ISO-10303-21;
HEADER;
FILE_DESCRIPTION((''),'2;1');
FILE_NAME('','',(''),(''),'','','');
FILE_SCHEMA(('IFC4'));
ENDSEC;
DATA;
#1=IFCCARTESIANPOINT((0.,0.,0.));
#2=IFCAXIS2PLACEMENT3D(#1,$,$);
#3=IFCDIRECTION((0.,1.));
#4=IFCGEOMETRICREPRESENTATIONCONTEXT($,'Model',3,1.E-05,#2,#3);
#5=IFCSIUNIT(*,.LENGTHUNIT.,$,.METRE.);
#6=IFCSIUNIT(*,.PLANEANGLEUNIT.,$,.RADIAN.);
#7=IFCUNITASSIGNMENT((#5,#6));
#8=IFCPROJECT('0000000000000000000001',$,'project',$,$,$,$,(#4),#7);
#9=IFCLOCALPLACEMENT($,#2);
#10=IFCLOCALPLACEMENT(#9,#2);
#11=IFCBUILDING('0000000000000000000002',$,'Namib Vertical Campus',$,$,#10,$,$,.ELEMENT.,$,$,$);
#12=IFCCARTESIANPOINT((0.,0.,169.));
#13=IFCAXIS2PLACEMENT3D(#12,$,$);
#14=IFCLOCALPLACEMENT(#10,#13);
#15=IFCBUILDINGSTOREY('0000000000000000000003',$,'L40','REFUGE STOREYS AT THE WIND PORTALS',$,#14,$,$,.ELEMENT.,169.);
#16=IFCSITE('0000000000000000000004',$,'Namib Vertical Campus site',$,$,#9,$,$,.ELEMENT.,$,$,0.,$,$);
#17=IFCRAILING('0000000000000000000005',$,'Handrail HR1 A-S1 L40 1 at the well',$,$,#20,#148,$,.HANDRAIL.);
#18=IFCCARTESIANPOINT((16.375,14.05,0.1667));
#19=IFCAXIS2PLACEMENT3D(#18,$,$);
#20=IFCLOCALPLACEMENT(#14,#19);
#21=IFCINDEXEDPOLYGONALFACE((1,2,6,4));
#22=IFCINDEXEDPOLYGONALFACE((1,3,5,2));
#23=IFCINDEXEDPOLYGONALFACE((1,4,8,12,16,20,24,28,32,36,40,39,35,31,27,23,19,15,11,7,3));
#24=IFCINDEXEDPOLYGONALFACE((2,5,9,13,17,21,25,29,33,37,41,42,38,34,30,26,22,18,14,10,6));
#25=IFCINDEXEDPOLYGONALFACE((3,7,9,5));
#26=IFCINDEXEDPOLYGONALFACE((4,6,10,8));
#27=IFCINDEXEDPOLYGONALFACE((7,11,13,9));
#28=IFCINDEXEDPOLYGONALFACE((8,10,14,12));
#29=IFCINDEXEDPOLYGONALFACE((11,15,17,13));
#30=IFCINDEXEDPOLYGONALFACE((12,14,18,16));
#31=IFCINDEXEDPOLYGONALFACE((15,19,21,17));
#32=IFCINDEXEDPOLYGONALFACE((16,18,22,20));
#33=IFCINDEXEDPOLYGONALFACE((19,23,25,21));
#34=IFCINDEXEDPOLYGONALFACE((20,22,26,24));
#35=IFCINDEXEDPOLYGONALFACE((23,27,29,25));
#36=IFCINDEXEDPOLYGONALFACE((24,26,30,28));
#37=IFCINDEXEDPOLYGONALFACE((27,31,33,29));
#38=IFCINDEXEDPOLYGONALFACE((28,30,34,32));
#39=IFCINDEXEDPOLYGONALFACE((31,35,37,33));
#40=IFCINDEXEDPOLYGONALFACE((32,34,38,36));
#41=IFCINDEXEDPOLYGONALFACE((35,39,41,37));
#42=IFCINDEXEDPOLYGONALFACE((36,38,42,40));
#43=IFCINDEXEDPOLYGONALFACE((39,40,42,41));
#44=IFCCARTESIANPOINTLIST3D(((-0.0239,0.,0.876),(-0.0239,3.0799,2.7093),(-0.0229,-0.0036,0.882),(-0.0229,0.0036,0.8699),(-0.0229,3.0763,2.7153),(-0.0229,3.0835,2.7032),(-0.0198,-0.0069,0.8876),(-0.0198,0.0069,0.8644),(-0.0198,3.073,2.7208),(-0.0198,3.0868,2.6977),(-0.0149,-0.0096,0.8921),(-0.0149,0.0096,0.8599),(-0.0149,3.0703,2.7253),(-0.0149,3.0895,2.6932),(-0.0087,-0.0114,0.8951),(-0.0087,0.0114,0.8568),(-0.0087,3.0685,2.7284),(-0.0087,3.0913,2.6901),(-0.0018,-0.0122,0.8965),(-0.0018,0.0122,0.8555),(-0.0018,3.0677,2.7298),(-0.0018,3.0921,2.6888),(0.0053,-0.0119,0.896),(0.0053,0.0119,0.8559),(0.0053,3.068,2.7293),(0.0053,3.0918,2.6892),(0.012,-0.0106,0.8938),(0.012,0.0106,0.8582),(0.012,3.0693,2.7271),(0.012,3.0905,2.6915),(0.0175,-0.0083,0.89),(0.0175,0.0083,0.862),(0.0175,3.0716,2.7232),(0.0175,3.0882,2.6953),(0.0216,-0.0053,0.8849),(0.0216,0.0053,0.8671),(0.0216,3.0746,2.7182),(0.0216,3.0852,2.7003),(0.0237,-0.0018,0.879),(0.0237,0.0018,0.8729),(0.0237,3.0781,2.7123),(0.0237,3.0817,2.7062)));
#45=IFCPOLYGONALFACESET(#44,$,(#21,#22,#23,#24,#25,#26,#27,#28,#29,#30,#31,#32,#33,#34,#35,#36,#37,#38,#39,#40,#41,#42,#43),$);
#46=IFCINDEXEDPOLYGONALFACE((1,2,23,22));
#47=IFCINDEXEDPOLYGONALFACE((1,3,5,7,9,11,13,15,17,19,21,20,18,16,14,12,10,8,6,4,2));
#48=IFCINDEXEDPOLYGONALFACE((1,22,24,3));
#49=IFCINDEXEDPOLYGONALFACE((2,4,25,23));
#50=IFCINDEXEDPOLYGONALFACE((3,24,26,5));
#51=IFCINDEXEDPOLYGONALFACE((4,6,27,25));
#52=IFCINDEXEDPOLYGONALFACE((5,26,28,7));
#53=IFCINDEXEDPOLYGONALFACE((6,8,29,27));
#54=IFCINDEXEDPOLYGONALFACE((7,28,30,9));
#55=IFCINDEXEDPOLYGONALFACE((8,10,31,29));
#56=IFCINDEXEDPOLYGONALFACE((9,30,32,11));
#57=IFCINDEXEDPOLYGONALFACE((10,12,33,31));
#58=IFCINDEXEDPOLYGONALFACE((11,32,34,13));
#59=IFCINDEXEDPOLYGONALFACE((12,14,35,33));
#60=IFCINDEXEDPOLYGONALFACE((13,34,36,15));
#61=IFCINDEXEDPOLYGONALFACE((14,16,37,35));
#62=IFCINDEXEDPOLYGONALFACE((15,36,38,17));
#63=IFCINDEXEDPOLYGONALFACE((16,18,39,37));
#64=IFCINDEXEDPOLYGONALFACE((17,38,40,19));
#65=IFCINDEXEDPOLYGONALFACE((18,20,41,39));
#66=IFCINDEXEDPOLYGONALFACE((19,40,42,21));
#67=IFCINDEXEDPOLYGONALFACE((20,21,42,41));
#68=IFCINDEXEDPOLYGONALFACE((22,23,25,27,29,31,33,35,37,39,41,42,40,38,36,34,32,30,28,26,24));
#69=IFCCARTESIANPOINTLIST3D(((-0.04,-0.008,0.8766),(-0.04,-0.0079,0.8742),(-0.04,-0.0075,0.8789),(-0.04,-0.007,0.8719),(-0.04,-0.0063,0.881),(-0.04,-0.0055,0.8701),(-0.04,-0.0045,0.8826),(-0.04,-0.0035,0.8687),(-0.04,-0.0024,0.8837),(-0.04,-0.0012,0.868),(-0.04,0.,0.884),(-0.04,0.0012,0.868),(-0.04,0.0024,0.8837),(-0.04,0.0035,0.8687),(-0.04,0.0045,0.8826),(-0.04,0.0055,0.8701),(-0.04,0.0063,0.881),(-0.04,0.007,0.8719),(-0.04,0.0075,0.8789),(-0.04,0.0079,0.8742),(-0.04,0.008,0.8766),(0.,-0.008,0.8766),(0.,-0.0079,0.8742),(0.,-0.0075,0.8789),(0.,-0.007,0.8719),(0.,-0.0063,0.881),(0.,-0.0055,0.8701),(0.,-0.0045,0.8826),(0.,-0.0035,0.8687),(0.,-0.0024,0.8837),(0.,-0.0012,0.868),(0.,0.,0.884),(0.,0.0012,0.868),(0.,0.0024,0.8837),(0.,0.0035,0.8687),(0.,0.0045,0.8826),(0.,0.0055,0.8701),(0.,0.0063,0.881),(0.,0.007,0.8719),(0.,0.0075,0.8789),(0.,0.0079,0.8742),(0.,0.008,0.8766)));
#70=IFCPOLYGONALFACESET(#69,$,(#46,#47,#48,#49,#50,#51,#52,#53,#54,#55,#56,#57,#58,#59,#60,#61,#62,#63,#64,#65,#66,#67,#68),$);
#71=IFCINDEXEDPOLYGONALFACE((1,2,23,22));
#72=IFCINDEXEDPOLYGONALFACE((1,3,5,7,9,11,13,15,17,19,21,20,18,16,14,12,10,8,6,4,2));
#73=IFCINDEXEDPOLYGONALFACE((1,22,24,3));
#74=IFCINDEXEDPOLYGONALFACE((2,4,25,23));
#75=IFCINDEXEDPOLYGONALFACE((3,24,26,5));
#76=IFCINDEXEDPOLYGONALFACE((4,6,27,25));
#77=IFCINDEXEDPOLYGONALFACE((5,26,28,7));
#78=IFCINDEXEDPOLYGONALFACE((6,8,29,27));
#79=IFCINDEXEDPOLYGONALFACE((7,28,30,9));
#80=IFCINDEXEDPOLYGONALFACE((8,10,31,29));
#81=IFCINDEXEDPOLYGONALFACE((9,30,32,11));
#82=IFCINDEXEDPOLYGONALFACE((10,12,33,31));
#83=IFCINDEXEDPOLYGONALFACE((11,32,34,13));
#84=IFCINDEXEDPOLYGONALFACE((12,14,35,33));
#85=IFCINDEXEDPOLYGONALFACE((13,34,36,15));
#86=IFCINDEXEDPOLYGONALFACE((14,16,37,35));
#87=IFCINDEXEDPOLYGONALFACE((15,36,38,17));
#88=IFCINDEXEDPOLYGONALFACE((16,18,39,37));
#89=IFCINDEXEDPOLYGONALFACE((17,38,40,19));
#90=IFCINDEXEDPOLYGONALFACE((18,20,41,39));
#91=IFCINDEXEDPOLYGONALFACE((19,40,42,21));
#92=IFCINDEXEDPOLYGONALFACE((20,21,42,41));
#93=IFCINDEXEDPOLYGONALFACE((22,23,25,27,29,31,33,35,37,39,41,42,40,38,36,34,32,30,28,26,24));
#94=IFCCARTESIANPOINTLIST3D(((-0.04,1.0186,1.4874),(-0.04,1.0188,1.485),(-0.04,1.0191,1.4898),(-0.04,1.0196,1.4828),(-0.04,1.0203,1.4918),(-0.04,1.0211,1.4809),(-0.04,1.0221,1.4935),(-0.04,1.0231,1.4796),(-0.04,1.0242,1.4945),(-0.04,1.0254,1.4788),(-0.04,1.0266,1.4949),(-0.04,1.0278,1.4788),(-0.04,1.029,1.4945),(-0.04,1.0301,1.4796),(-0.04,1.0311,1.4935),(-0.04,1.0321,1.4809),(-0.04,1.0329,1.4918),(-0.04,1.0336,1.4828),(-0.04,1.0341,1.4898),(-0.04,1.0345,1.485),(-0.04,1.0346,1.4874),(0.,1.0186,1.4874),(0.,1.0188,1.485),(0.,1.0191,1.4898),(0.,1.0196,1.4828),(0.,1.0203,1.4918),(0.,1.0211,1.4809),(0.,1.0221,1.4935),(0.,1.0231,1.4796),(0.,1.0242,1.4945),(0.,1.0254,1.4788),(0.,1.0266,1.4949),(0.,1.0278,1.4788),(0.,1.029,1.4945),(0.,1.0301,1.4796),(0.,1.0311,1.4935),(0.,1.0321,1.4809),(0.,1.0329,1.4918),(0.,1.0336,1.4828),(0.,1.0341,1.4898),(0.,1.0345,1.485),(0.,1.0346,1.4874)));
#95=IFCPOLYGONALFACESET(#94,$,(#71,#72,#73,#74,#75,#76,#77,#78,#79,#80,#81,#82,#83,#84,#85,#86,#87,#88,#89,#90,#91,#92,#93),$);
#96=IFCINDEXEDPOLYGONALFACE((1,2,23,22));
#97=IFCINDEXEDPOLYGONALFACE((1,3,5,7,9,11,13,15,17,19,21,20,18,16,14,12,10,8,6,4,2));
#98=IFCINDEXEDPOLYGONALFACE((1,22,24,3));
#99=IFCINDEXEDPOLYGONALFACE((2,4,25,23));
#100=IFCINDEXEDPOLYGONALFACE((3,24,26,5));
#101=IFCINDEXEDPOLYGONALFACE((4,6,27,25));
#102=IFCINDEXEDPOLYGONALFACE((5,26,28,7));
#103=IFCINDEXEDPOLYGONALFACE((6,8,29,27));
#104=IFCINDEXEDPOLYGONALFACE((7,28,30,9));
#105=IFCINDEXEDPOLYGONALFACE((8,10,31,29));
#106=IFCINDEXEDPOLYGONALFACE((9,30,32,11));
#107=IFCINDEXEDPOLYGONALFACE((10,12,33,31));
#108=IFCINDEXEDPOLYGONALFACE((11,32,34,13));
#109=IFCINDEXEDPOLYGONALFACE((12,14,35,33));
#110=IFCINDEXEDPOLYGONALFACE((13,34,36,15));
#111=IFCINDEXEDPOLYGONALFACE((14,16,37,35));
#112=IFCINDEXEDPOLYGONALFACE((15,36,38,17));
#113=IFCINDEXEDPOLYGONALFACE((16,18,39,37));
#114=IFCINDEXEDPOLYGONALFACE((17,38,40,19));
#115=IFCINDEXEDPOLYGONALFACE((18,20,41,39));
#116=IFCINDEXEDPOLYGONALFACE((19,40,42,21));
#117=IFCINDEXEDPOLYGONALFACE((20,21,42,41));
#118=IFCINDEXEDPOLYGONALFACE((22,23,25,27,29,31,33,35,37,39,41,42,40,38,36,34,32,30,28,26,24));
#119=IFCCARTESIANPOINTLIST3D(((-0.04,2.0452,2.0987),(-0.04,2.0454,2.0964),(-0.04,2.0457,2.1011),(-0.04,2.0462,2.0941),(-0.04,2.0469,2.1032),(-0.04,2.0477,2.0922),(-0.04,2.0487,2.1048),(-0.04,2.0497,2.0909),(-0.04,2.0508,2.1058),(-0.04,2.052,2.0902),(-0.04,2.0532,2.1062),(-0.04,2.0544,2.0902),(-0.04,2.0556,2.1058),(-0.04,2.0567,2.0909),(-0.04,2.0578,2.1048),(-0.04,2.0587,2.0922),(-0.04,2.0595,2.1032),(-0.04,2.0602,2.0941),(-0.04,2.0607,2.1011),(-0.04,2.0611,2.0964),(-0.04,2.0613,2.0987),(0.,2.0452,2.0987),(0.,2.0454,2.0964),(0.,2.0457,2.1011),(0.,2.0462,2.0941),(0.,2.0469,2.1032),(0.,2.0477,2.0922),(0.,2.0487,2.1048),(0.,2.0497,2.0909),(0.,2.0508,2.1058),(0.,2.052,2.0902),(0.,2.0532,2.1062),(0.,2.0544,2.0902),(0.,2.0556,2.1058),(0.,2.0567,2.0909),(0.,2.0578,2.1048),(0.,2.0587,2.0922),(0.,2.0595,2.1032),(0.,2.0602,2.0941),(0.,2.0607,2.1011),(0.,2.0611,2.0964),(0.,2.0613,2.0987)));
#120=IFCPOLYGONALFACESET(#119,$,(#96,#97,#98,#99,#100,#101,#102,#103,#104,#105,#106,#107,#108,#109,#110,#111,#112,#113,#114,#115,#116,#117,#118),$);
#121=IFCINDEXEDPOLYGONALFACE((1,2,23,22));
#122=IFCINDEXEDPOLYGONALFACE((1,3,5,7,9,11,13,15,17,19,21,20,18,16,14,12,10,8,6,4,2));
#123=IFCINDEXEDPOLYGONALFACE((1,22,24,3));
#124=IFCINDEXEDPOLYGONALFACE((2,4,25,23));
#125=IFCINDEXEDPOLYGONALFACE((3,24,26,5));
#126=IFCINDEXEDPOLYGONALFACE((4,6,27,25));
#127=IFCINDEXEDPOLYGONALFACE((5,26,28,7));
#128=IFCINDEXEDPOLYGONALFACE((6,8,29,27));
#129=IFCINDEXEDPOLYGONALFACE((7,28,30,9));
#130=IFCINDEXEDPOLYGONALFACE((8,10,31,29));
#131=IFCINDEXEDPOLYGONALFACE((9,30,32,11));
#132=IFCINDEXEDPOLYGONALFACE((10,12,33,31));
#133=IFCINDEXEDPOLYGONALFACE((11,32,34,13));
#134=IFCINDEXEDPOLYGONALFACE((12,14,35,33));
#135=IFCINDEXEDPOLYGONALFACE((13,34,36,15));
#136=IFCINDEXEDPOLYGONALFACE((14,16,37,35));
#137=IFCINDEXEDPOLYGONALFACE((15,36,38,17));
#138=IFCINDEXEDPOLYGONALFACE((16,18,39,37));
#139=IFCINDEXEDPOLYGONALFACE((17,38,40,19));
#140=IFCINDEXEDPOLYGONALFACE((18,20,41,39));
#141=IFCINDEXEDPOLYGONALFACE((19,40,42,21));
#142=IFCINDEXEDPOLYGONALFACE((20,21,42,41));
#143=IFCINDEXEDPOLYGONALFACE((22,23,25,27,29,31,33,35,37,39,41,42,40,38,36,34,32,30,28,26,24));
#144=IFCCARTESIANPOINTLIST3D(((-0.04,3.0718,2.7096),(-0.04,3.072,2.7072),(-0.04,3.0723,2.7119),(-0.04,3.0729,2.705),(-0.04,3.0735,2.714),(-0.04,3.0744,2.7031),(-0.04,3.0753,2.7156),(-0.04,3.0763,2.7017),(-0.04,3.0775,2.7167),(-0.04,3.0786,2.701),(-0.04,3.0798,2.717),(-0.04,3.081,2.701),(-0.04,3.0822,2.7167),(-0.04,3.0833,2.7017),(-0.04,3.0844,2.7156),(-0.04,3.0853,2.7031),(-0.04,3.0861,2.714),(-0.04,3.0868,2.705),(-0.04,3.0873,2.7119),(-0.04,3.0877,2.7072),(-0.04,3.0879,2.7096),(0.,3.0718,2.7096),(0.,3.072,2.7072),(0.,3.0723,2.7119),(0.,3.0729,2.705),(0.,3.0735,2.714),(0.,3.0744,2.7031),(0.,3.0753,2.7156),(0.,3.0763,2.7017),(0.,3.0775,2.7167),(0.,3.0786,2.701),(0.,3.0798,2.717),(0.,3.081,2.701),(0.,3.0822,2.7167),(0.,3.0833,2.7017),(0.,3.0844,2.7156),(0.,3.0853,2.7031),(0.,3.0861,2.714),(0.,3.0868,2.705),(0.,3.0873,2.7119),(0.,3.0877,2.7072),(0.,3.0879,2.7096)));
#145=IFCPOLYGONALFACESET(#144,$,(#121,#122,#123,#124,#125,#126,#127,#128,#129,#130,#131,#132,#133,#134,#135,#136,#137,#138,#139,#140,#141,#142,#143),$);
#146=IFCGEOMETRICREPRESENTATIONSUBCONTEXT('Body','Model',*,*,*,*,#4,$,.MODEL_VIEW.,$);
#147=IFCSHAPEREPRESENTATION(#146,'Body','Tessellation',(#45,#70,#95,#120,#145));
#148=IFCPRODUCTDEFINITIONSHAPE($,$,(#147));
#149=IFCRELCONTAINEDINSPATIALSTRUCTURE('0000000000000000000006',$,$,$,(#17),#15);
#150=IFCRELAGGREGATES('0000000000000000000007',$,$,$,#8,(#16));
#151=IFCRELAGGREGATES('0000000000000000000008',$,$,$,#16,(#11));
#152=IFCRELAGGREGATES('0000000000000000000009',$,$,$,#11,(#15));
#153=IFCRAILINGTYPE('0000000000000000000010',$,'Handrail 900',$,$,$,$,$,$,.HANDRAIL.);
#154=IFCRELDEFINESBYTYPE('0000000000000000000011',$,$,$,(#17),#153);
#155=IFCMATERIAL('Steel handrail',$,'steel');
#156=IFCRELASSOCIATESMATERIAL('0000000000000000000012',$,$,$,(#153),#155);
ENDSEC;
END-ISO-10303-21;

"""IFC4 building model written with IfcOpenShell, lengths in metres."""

from ifc_helpers import new_model, si_unit, direction, frame, origin, origin_2d, place, context, subcontext, project, spatial, circle, extrude, material, type_object, element, save


model = new_model("IFC4")

# Units and contexts
model_context = context("Model", 3, precision=1e-05, world=origin(), true_north=direction((0.0, 1.0)))
body_context = subcontext(model_context, "Body", "Model", "MODEL_VIEW")
ifc_project = project(units=[si_unit("LENGTHUNIT", "METRE"), si_unit("PLANEANGLEUNIT", "RADIAN")], contexts=[model_context])

# Site, building, storey
site_placement = place(None, origin())
site = spatial("IfcSite", under=ifc_project, at=site_placement, Name="Namib Vertical Campus site", CompositionType="ELEMENT", RefElevation=0.0)
building_placement = place(site_placement, origin())
building = spatial("IfcBuilding", under=site, at=building_placement, Name="Namib Vertical Campus", CompositionType="ELEMENT")
storey_placement = place(building_placement, frame((0.0, 0.0, 169.0)))
storey = spatial("IfcBuildingStorey", under=building, at=storey_placement, Name="L40", Description="REFUGE STOREYS AT THE WIND PORTALS", CompositionType="ELEMENT", Elevation=169.0)

# Railing
ifc_material_1 = material(Name="Steel handrail", Category="steel")
railing_type_1 = type_object("IfcRailingType", Name="Handrail 900", PredefinedType="HANDRAIL", material=ifc_material_1)
for number, where, name in (
    (1, (16.375, 14.05, 0.1667), "Handrail HR1 A-S1 L40 1 at the well"),
):
    element("IfcRailing", number, at=place(storey_placement, frame(where)), inside=storey, type_object=railing_type_1, Name=name, PredefinedType="HANDRAIL", context=body_context, shape_type="SweptSolid", body=[
        extrude(circle(Radius=0.0239, at=origin_2d()), frame((0.0, 0.0, 0.876), z_axis=(0.0, 0.859291, 0.511487), x_axis=(-1.0, 0.0, 0.0)), (0.0, 0.0, 1.0), 3.5842),
        extrude(circle(Radius=0.0081, at=origin_2d()), frame((0.0, 0.0, 0.876), z_axis=(-1.0, 0.0, 0.0), x_axis=(0.0, 0.0, 1.0)), (0.0, 0.0, 1.0), 0.04),
        extrude(circle(Radius=0.0081, at=origin_2d()), frame((0.0, 1.0266, 1.4868), z_axis=(-1.0, 0.0, 0.0), x_axis=(0.0, 0.0, 1.0)), (0.0, 0.0, 1.0), 0.04),
        extrude(circle(Radius=0.0081, at=origin_2d()), frame((0.0, 2.0532, 2.0981), z_axis=(-1.0, 0.0, 0.0), x_axis=(0.0, 0.0, 1.0)), (0.0, 0.0, 1.0), 0.04),
        extrude(circle(Radius=0.0081, at=origin_2d()), frame((0.0, 3.0798, 2.709), z_axis=(-1.0, 0.0, 0.0), x_axis=(0.0, 0.0, 1.0)), (0.0, 0.0, 1.0), 0.04),
    ])

save(model, "model.ifc")
